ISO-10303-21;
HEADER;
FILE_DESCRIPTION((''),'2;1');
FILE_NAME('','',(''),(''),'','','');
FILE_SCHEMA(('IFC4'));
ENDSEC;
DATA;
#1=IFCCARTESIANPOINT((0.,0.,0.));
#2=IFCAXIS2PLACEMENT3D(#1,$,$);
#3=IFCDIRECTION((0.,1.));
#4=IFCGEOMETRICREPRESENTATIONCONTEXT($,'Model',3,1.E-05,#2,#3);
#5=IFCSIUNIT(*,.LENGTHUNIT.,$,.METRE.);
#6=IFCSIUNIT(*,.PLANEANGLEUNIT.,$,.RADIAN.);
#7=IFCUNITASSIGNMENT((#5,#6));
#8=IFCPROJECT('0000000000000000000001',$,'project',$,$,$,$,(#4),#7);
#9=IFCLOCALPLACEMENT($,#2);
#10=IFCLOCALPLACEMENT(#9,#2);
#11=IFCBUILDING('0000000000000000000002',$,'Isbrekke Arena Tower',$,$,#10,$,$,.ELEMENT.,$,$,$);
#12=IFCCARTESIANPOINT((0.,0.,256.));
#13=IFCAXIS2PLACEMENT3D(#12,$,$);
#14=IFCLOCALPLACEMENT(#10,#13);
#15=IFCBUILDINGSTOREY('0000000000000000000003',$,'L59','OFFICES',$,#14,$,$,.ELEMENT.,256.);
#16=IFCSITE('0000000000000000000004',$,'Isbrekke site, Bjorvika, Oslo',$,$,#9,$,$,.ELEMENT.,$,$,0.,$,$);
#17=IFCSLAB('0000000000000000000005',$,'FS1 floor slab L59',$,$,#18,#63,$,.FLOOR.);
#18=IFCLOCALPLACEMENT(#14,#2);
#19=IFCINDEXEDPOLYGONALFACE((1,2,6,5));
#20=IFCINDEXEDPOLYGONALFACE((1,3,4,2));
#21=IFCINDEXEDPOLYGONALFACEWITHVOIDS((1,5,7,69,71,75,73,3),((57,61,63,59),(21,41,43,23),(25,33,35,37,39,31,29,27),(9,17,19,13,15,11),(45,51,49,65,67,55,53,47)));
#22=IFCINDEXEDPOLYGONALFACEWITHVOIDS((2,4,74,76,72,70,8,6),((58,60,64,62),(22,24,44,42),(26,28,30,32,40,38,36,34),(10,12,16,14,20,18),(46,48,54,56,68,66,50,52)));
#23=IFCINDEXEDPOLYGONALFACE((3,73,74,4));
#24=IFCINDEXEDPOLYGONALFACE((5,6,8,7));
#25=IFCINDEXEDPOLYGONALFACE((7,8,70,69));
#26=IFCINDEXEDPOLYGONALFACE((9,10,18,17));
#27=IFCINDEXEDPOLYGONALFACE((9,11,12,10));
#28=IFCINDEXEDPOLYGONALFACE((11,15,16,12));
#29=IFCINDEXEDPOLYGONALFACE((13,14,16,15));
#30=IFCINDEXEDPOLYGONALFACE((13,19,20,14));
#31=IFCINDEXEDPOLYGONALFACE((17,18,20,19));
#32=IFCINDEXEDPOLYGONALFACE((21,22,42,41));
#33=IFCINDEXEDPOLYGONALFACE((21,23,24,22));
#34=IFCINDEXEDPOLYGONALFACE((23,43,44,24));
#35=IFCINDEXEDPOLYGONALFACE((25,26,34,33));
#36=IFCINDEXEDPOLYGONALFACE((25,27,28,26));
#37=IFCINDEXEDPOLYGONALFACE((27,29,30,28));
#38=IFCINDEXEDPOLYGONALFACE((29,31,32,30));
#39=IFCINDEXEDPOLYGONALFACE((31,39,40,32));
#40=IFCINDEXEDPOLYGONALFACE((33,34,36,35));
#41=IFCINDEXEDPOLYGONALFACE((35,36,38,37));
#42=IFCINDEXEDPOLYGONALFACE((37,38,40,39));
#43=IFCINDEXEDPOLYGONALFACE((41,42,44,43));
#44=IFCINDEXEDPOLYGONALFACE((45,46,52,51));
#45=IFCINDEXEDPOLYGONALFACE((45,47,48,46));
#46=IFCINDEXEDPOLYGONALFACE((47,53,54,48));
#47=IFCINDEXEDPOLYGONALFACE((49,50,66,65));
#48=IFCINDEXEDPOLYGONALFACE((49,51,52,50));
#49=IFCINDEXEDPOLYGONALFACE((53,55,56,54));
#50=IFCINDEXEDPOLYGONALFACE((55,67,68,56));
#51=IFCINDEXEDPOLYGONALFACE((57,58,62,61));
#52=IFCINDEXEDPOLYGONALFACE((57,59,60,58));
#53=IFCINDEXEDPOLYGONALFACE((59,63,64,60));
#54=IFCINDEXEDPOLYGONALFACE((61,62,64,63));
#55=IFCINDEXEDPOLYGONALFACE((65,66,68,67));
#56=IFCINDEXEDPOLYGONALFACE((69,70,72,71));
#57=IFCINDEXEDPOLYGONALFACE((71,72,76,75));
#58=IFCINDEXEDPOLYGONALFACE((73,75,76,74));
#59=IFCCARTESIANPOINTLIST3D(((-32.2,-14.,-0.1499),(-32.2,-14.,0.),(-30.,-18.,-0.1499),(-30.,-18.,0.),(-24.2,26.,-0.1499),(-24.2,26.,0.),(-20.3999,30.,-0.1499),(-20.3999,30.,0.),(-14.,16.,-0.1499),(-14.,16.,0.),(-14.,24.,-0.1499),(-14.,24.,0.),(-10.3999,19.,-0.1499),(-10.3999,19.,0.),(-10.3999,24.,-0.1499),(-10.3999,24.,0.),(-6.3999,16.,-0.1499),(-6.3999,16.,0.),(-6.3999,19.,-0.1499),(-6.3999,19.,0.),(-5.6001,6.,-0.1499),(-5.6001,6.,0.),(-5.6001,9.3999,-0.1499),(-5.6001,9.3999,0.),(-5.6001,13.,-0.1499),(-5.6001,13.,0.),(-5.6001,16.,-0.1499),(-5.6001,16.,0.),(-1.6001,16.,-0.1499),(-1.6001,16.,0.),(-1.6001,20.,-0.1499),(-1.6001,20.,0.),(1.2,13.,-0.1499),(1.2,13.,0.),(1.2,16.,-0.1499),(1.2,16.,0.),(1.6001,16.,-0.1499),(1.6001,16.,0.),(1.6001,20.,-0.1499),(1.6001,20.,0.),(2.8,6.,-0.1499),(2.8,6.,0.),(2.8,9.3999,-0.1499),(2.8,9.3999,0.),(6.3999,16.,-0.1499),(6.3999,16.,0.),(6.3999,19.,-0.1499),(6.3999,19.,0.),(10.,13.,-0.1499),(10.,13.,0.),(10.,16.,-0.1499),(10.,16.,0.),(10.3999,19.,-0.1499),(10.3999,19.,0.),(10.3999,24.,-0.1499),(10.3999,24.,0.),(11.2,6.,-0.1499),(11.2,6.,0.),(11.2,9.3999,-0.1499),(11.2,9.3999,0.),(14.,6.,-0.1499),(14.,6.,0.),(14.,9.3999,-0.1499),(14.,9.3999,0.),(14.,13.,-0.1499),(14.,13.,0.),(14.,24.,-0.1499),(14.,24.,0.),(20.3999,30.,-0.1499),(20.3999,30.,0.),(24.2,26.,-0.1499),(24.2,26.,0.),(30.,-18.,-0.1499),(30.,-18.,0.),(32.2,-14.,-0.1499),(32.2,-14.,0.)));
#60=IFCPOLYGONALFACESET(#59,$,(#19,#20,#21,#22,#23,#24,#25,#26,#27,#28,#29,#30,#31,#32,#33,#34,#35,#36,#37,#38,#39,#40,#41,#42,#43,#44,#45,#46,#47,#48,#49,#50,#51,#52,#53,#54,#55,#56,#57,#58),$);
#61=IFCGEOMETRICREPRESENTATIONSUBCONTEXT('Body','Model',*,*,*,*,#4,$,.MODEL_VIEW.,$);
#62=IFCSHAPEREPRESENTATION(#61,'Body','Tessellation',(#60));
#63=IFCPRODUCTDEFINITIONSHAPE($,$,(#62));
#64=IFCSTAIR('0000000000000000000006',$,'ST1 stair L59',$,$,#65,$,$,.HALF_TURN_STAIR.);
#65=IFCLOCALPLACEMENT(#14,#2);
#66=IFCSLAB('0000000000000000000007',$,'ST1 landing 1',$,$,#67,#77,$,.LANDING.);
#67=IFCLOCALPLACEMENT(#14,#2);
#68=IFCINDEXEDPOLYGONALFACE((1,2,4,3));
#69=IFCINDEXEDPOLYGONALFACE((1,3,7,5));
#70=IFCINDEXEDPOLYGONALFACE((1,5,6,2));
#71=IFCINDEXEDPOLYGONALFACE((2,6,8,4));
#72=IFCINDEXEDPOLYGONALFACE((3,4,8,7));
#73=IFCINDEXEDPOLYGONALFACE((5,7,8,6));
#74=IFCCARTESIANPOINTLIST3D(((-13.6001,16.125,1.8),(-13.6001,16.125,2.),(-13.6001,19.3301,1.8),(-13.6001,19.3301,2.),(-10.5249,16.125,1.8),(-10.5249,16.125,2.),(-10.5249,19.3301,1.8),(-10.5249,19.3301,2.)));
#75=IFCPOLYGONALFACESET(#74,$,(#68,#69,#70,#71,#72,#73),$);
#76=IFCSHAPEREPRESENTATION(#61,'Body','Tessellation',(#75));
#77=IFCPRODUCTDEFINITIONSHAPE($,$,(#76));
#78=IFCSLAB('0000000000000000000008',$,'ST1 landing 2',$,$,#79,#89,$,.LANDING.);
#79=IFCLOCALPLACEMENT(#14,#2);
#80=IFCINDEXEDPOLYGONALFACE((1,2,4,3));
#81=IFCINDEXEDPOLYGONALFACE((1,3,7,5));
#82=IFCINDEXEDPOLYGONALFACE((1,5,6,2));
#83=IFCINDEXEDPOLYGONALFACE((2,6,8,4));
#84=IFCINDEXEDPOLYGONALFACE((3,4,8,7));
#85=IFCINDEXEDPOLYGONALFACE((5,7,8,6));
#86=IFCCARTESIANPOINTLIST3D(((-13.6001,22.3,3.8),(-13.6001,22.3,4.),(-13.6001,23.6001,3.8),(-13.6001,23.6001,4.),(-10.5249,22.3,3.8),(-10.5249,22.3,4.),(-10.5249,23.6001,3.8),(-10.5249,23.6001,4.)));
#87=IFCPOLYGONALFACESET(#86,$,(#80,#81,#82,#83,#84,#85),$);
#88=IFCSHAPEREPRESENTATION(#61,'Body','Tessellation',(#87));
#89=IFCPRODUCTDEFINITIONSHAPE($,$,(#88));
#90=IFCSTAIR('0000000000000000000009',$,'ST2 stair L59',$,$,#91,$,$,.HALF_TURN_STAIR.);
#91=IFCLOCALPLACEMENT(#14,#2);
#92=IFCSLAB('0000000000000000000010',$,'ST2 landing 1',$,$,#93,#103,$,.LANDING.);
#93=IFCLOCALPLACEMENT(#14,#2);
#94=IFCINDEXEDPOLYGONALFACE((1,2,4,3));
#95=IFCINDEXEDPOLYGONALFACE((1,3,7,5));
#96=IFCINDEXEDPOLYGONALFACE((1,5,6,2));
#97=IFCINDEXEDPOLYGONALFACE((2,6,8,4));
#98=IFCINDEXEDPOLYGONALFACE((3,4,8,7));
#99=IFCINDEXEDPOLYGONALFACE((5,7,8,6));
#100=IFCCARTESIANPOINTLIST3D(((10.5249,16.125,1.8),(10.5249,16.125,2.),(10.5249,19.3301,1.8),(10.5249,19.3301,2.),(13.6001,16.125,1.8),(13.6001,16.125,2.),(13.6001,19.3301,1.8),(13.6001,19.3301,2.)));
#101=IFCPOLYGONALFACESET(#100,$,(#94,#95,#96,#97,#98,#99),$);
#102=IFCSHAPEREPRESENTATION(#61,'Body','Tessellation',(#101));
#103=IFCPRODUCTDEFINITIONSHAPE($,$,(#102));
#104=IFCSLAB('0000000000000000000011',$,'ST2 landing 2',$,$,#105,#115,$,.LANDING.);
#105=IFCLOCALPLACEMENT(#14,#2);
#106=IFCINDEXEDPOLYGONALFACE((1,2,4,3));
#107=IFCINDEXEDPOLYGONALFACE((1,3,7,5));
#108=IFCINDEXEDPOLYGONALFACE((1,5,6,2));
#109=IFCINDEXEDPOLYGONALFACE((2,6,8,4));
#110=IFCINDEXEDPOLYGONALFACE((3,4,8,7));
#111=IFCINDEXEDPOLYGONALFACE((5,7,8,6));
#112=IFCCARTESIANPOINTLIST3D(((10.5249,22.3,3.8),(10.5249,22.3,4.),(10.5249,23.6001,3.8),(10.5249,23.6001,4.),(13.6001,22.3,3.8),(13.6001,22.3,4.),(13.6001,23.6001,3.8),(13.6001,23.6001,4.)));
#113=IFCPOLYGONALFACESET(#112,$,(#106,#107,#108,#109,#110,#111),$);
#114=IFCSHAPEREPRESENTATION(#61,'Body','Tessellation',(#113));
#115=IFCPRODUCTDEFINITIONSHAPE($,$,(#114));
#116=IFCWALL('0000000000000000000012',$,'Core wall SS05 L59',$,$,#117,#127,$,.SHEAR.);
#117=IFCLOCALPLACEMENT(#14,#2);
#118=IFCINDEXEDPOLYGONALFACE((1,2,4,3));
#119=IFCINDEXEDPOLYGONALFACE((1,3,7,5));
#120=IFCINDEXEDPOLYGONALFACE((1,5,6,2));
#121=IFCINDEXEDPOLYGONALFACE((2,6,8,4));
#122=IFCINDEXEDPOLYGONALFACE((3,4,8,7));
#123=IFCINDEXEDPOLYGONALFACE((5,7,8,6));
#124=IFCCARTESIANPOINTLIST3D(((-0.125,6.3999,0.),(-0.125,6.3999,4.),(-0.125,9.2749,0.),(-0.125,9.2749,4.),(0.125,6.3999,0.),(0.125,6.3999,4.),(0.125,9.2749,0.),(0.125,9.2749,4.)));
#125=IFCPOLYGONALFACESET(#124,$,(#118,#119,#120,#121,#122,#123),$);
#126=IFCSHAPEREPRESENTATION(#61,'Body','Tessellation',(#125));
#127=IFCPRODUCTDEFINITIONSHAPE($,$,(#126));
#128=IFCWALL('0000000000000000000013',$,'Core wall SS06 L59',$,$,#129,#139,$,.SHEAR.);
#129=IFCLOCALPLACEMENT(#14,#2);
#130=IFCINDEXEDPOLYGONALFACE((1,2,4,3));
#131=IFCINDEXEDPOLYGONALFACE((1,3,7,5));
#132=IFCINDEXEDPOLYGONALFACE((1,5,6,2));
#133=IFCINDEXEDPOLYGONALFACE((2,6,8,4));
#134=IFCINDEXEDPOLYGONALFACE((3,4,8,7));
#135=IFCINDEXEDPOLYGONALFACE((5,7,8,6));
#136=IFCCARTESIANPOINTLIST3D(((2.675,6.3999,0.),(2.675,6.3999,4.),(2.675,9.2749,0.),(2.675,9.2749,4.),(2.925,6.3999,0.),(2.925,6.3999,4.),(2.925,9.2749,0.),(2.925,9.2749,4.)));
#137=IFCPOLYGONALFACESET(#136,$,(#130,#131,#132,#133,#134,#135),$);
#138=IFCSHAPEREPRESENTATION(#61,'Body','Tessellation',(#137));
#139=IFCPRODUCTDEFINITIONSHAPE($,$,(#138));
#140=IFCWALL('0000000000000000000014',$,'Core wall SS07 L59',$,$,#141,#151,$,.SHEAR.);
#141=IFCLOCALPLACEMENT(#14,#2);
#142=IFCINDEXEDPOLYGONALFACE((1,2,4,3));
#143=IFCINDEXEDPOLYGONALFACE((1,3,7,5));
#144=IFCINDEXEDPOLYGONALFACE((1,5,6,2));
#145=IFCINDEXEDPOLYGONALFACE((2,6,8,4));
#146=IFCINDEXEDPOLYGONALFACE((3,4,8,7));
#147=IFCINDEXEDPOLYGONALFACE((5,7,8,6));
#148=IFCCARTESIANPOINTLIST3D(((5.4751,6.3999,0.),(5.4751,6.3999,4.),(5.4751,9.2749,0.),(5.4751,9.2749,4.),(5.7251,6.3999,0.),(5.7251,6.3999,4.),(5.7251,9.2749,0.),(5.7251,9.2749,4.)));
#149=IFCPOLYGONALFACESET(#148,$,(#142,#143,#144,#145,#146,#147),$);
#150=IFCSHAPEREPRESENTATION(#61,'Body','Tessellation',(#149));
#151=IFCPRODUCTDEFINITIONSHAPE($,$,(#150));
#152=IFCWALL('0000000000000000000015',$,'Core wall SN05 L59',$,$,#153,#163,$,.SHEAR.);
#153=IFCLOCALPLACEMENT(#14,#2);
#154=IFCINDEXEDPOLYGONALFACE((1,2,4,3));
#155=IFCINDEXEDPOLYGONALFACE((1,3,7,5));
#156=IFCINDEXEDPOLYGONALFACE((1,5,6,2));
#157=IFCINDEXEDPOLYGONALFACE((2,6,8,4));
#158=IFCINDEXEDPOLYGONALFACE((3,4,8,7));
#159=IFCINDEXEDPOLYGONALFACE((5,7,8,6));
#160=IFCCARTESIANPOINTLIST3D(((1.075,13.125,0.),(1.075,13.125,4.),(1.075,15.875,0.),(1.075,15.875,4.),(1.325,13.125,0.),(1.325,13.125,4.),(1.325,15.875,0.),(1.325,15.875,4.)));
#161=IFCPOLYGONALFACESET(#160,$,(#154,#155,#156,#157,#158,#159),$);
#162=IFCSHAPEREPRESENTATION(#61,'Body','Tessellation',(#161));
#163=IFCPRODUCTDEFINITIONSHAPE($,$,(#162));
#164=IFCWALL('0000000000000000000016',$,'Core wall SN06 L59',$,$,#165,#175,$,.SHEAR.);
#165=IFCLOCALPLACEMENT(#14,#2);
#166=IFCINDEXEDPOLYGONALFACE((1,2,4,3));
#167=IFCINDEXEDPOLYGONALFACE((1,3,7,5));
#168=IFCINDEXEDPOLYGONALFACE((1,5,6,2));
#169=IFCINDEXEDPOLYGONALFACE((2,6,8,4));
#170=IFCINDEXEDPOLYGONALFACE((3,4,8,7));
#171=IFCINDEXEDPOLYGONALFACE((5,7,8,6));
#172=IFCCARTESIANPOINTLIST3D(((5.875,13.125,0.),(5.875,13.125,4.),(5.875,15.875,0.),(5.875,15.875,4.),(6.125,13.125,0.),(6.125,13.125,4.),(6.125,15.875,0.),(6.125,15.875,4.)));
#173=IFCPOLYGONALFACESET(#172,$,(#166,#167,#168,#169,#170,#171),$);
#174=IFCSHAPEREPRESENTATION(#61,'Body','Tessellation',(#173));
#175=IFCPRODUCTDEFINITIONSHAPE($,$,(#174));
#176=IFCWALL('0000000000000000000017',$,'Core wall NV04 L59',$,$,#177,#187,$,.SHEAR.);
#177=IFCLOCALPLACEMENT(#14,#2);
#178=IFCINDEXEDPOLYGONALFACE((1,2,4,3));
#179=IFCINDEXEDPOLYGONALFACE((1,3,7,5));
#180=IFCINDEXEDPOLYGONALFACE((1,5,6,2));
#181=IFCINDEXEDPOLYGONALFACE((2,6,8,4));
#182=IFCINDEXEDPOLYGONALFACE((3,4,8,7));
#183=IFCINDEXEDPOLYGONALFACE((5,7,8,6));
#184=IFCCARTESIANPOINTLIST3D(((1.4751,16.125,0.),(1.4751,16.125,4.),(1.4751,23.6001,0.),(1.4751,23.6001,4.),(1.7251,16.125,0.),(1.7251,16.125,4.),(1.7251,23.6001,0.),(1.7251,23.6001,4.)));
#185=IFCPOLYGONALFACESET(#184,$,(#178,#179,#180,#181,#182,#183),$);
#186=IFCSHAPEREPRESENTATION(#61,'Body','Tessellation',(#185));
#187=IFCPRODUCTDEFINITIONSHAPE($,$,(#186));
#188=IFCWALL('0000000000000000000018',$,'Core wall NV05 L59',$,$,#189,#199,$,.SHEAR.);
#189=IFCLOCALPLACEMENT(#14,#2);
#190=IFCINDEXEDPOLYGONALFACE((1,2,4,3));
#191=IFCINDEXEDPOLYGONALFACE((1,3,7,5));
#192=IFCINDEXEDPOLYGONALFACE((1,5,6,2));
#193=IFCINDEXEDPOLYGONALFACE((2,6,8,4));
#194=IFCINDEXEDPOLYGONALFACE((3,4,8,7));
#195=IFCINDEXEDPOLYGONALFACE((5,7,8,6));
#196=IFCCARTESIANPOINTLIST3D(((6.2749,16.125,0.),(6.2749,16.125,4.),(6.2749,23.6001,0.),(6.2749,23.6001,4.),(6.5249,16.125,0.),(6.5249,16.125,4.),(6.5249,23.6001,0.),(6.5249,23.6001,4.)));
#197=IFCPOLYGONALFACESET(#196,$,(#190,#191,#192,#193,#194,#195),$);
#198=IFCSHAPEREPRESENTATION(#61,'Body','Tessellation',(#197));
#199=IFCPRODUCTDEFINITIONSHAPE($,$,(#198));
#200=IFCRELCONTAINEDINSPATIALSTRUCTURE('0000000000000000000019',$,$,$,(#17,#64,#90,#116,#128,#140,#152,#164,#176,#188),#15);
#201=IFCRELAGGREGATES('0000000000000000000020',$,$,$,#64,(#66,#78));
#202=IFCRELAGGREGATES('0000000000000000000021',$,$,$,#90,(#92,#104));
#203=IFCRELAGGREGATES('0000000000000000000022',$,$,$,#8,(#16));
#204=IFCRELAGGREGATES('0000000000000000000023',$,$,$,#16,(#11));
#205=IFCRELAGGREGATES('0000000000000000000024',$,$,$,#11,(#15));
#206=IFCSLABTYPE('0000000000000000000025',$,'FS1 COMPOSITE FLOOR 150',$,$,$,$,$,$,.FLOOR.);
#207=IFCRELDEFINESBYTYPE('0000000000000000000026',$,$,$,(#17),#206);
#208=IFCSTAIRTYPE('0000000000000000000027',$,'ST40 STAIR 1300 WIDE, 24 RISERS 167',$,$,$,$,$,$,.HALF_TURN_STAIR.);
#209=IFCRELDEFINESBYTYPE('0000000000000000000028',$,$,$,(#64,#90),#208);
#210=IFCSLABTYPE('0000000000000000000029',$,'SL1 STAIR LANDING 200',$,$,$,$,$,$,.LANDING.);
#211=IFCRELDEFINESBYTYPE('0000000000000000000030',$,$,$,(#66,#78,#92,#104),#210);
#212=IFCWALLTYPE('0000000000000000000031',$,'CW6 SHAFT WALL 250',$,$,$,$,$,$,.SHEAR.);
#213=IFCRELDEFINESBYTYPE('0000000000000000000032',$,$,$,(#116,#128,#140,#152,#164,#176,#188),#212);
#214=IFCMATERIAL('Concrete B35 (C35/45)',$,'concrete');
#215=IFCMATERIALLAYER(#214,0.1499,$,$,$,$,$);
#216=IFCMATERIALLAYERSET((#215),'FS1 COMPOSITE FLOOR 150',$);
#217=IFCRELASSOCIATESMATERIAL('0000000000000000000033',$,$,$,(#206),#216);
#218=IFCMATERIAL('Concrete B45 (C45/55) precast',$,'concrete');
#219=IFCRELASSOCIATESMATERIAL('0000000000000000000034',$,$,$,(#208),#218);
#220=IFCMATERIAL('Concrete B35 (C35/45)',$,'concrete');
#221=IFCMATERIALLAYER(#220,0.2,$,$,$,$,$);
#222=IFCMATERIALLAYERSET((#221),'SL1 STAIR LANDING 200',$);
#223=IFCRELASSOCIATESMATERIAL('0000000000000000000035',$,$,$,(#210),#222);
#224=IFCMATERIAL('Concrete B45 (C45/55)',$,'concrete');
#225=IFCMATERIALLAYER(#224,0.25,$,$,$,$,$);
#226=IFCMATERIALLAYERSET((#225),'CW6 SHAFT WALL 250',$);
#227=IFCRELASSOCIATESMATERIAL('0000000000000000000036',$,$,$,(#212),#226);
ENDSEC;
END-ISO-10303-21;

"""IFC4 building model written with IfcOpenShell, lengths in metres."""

from ifc_helpers import new_model, si_unit, direction, frame, frame_2d, origin, place, context, subcontext, project, spatial, polyline, rectangle, outline, extrude, material, layer, layer_set, type_object, element, aggregate, save


model = new_model("IFC4")

# Units and contexts
model_context = context("Model", 3, precision=1e-05, world=origin(), true_north=direction((0.0, 1.0)))
body_context = subcontext(model_context, "Body", "Model", "MODEL_VIEW")
ifc_project = project(units=[si_unit("LENGTHUNIT", "METRE"), si_unit("PLANEANGLEUNIT", "RADIAN")], contexts=[model_context])

# Site, building, storey
site_placement = place(None, origin())
site = spatial("IfcSite", under=ifc_project, at=site_placement, Name="Isbrekke site, Bjorvika, Oslo", CompositionType="ELEMENT", RefElevation=0.0)
building_placement = place(site_placement, origin())
building = spatial("IfcBuilding", under=site, at=building_placement, Name="Isbrekke Arena Tower", CompositionType="ELEMENT")
storey_placement = place(building_placement, frame((0.0, 0.0, 256.0)))
storey = spatial("IfcBuildingStorey", under=building, at=storey_placement, Name="L59", Description="OFFICES", CompositionType="ELEMENT", Elevation=256.0)

# Slab
ifc_material_1 = material(Name="Concrete B35 (C35/45)", Category="concrete")
ifc_layer_1 = layer(ifc_material_1, 0.1499)
ifc_layer_set_1 = layer_set([ifc_layer_1], Name="FS1 COMPOSITE FLOOR 150")
slab_type_1 = type_object("IfcSlabType", Name="FS1 COMPOSITE FLOOR 150", PredefinedType="FLOOR", material=ifc_layer_set_1)
slab_1_placement = place(storey_placement, frame((0.0, 0.0, -0.1499)))
element("IfcSlab", 1, at=slab_1_placement, inside=storey, type_object=slab_type_1, Name="FS1 floor slab L59", PredefinedType="FLOOR", context=body_context, shape_type="SweptSolid", body=[
    extrude(outline(polyline([(-30.0, -18.0), (30.0, -18.0), (32.2, -14.0), (24.2, 26.0), (20.3999, 30.0), (-20.3999, 30.0), (-24.2, 26.0), (-32.2, -14.0), (-30.0, -18.0)]), holes=[polyline([(2.8, 9.3999), (2.8, 6.0), (-5.6001, 6.0), (-5.6001, 9.3999), (2.8, 9.3999)]), polyline([(11.2, 6.0), (11.2, 9.3999), (14.0, 9.3999), (14.0, 6.0), (11.2, 6.0)]), polyline([(-5.6001, 13.0), (-5.6001, 16.0), (-1.6001, 16.0), (-1.6001, 20.0), (1.6001, 20.0), (1.6001, 16.0), (1.2, 16.0), (1.2, 13.0), (-5.6001, 13.0)]), polyline([(14.0, 13.0), (10.0, 13.0), (10.0, 16.0), (6.3999, 16.0), (6.3999, 19.0), (10.3999, 19.0), (10.3999, 24.0), (14.0, 24.0), (14.0, 13.0)]), polyline([(-6.3999, 19.0), (-6.3999, 16.0), (-14.0, 16.0), (-14.0, 24.0), (-10.3999, 24.0), (-10.3999, 19.0), (-6.3999, 19.0)])]), origin(), (0.0, 0.0, 1.0), 0.1499),
])

# Stairs, slabs
ifc_material_2 = material(Name="Concrete B45 (C45/55) precast", Category="concrete")
stair_type = type_object("IfcStairType", Name="ST40 STAIR 1300 WIDE, 24 RISERS 167", PredefinedType="HALF_TURN_STAIR", material=ifc_material_2)
stair_1_placement = place(storey_placement, origin())
stair_1 = element("IfcStair", 2, at=stair_1_placement, inside=storey, type_object=stair_type, Name="ST1 stair L59", PredefinedType="HALF_TURN_STAIR")
ifc_material_3 = material(Name="Concrete B35 (C35/45)", Category="concrete")
ifc_layer_2 = layer(ifc_material_3, 0.2)
ifc_layer_set_2 = layer_set([ifc_layer_2], Name="SL1 STAIR LANDING 200")
slab_type_2 = type_object("IfcSlabType", Name="SL1 STAIR LANDING 200", PredefinedType="LANDING", material=ifc_layer_set_2)
slab_2_placement = place(storey_placement, frame((0.0, 0.0, 1.8)))
slab_2 = element("IfcSlab", 3, at=slab_2_placement, type_object=slab_type_2, Name="ST1 landing 1", PredefinedType="LANDING", context=body_context, shape_type="SweptSolid", body=[
    extrude(outline(polyline([(-13.6001, 16.125), (-10.5249, 16.125), (-10.5249, 19.3301), (-13.6001, 19.3301), (-13.6001, 16.125)])), origin(), (0.0, 0.0, 1.0), 0.2),
])
slab_3_placement = place(storey_placement, frame((0.0, 0.0, 3.8)))
slab_3 = element("IfcSlab", 4, at=slab_3_placement, type_object=slab_type_2, Name="ST1 landing 2", PredefinedType="LANDING", context=body_context, shape_type="SweptSolid", body=[
    extrude(outline(polyline([(-13.6001, 22.3), (-10.5249, 22.3), (-10.5249, 23.6001), (-13.6001, 23.6001), (-13.6001, 22.3)])), origin(), (0.0, 0.0, 1.0), 0.2),
])
aggregate(stair_1, [slab_2, slab_3])
stair_2_placement = place(storey_placement, origin())
stair_2 = element("IfcStair", 5, at=stair_2_placement, inside=storey, type_object=stair_type, Name="ST2 stair L59", PredefinedType="HALF_TURN_STAIR")
slab_4_placement = place(storey_placement, frame((0.0, 0.0, 1.8)))
slab_4 = element("IfcSlab", 6, at=slab_4_placement, type_object=slab_type_2, Name="ST2 landing 1", PredefinedType="LANDING", context=body_context, shape_type="SweptSolid", body=[
    extrude(outline(polyline([(10.5249, 16.125), (13.6001, 16.125), (13.6001, 19.3301), (10.5249, 19.3301), (10.5249, 16.125)])), origin(), (0.0, 0.0, 1.0), 0.2),
])
slab_5_placement = place(storey_placement, frame((0.0, 0.0, 3.8)))
slab_5 = element("IfcSlab", 7, at=slab_5_placement, type_object=slab_type_2, Name="ST2 landing 2", PredefinedType="LANDING", context=body_context, shape_type="SweptSolid", body=[
    extrude(outline(polyline([(10.5249, 22.3), (13.6001, 22.3), (13.6001, 23.6001), (10.5249, 23.6001), (10.5249, 22.3)])), origin(), (0.0, 0.0, 1.0), 0.2),
])
aggregate(stair_2, [slab_4, slab_5])

# Walls
ifc_material_4 = material(Name="Concrete B45 (C45/55)", Category="concrete")
ifc_layer_3 = layer(ifc_material_4, 0.25)
ifc_layer_set_3 = layer_set([ifc_layer_3], Name="CW6 SHAFT WALL 250")
wall_type_1 = type_object("IfcWallType", Name="CW6 SHAFT WALL 250", PredefinedType="SHEAR", material=ifc_layer_set_3)
for number, where, z_axis, x_axis, name in (
    (8, (0.0, 6.3999, 0.0), (0.0, 0.0, 1.0), (0.0, 1.0, 0.0), "Core wall SS05 L59"),
    (9, (2.8, 6.3999, 0.0), (0.0, 0.0, 1.0), (0.0, 1.0, 0.0), "Core wall SS06 L59"),
    (10, (5.6001, 6.3999, 0.0), (0.0, 0.0, 1.0), (0.0, 1.0, 0.0), "Core wall SS07 L59"),
):
    element("IfcWall", number, at=place(storey_placement, frame(where, z_axis=z_axis, x_axis=x_axis)), inside=storey, type_object=wall_type_1, Name=name, PredefinedType="SHEAR", context=body_context, shape_type="SweptSolid", body=[
        extrude(rectangle(XDim=2.875, YDim=0.25, at=frame_2d((1.4375, 0.0))), origin(), (0.0, 0.0, 1.0), 4.0),
    ])
for number, where, z_axis, x_axis, name in (
    (11, (1.2, 13.125, 0.0), (0.0, 0.0, 1.0), (0.0, 1.0, 0.0), "Core wall SN05 L59"),
    (12, (6.0, 13.125, 0.0), (0.0, 0.0, 1.0), (0.0, 1.0, 0.0), "Core wall SN06 L59"),
):
    element("IfcWall", number, at=place(storey_placement, frame(where, z_axis=z_axis, x_axis=x_axis)), inside=storey, type_object=wall_type_1, Name=name, PredefinedType="SHEAR", context=body_context, shape_type="SweptSolid", body=[
        extrude(rectangle(XDim=2.75, YDim=0.25, at=frame_2d((1.375, 0.0))), origin(), (0.0, 0.0, 1.0), 4.0),
    ])
for number, where, z_axis, x_axis, name in (
    (13, (1.6001, 16.125, 0.0), (0.0, 0.0, 1.0), (0.0, 1.0, 0.0), "Core wall NV04 L59"),
    (14, (6.3999, 16.125, 0.0), (0.0, 0.0, 1.0), (0.0, 1.0, 0.0), "Core wall NV05 L59"),
):
    element("IfcWall", number, at=place(storey_placement, frame(where, z_axis=z_axis, x_axis=x_axis)), inside=storey, type_object=wall_type_1, Name=name, PredefinedType="SHEAR", context=body_context, shape_type="SweptSolid", body=[
        extrude(rectangle(XDim=7.4751, YDim=0.25, at=frame_2d((3.7375, 0.0))), origin(), (0.0, 0.0, 1.0), 4.0),
    ])

save(model, "model.ifc")
